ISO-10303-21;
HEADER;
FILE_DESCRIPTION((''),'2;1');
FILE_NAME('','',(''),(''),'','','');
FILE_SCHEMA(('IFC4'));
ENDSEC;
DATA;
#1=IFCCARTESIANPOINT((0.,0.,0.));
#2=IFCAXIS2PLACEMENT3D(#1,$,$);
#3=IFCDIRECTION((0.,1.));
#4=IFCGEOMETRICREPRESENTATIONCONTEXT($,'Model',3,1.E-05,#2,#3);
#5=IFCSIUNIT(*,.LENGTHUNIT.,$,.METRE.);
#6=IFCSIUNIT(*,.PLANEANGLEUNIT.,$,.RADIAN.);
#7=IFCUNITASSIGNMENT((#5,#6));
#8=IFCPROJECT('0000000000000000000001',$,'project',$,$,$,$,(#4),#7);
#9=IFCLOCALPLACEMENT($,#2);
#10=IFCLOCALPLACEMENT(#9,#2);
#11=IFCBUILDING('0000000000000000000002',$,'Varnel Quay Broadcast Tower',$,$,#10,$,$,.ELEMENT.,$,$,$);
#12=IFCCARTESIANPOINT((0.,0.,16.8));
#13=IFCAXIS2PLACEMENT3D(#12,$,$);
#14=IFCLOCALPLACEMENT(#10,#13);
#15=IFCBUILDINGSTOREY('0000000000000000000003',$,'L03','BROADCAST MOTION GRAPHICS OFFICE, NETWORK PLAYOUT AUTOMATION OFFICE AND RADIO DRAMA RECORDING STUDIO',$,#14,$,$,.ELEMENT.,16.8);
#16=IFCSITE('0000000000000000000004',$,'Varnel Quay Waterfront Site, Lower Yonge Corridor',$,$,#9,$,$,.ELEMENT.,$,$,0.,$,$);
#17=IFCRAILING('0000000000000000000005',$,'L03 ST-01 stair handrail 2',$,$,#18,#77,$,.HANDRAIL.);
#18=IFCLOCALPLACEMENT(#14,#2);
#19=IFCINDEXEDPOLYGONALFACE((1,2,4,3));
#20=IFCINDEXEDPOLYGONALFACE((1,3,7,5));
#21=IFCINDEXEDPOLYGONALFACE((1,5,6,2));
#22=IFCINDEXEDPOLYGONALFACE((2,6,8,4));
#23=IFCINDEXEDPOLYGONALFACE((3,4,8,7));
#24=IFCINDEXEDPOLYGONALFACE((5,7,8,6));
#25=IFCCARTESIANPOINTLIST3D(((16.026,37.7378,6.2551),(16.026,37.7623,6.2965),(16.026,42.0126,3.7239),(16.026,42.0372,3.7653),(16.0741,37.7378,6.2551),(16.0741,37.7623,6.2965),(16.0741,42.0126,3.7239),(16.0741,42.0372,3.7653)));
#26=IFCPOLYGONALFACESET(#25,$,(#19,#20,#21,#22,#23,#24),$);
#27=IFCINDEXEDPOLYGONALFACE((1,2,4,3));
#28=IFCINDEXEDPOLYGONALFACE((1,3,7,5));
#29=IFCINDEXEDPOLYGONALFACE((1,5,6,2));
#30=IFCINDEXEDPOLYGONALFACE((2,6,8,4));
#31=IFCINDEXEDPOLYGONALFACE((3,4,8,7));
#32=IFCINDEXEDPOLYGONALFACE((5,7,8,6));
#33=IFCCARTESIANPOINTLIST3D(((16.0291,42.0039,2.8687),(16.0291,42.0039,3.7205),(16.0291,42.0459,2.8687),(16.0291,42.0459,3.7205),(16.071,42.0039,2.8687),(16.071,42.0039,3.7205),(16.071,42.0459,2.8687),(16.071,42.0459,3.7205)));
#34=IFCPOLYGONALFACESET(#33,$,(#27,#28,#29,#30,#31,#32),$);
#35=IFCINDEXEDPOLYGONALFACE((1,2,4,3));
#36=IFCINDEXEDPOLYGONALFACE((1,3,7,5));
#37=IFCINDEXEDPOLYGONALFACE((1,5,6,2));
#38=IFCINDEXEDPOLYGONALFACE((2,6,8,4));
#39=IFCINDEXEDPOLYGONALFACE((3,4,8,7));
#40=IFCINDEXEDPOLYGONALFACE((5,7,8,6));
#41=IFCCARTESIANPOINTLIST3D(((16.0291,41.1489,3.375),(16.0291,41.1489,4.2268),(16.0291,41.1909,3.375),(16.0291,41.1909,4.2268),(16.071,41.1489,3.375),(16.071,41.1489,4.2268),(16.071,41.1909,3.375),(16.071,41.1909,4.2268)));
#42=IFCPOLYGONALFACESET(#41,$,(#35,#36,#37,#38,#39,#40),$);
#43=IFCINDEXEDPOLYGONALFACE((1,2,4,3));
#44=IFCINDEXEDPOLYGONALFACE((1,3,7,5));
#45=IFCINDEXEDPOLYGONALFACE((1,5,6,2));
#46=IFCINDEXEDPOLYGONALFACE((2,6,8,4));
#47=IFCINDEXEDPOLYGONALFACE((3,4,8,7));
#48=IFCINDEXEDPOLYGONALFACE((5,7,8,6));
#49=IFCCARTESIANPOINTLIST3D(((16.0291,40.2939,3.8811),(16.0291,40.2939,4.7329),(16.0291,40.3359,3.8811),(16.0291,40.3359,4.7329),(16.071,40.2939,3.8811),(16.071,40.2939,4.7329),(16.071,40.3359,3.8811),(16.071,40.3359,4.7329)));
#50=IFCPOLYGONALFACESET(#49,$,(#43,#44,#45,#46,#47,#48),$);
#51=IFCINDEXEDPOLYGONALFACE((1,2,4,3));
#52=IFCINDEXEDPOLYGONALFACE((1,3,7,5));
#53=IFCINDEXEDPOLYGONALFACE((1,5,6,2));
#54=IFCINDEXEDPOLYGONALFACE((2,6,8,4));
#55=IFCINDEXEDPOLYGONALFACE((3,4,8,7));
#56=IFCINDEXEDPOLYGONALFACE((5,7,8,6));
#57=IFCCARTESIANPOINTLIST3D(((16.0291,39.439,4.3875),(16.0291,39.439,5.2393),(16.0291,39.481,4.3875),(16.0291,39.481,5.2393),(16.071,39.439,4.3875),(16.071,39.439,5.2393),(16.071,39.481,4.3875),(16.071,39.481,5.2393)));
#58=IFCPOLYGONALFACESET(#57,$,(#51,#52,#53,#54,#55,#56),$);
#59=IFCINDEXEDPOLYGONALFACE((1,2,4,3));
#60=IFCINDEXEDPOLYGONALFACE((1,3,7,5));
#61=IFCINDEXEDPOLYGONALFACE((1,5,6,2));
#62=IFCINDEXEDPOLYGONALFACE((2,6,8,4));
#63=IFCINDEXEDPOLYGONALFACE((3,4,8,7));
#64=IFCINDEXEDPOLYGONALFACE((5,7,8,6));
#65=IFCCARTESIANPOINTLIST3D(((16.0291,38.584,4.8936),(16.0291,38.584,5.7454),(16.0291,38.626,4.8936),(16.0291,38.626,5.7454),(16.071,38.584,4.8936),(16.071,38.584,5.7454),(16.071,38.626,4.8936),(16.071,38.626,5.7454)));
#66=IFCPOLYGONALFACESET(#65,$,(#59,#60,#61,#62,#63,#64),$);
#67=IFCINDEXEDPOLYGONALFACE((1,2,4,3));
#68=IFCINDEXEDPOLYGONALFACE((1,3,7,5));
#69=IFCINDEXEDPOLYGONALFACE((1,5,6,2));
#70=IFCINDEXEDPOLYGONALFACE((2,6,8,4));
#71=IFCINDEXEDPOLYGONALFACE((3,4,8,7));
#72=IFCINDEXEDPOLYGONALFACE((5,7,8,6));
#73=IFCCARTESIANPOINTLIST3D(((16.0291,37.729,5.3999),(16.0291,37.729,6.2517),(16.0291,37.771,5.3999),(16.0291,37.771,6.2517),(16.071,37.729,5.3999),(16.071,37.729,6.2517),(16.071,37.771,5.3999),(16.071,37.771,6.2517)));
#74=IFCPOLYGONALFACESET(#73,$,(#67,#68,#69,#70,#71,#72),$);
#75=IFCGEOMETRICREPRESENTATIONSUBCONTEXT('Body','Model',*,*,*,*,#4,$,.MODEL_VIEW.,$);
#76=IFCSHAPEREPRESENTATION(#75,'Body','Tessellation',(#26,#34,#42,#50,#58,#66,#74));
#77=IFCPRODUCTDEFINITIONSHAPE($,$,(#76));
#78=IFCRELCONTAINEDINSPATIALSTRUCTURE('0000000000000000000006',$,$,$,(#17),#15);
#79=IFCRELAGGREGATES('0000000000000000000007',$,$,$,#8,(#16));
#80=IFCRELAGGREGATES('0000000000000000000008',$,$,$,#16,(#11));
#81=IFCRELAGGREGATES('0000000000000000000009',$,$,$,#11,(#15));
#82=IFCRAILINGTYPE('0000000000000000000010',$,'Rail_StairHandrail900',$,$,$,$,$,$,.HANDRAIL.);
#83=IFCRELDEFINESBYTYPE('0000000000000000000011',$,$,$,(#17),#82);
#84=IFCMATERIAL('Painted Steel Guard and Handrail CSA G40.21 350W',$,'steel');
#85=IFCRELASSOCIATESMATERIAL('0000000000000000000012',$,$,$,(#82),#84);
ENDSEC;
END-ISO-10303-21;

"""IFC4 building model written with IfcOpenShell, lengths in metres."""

from ifc_helpers import new_model, si_unit, direction, frame, origin, origin_2d, place, context, subcontext, project, spatial, rectangle, extrude, material, type_object, element, save


model = new_model("IFC4")

# Units and contexts
model_context = context("Model", 3, precision=1e-05, world=origin(), true_north=direction((0.0, 1.0)))
body_context = subcontext(model_context, "Body", "Model", "MODEL_VIEW")
ifc_project = project(units=[si_unit("LENGTHUNIT", "METRE"), si_unit("PLANEANGLEUNIT", "RADIAN")], contexts=[model_context])

# Site, building, storey
site_placement = place(None, origin())
site = spatial("IfcSite", under=ifc_project, at=site_placement, Name="Varnel Quay Waterfront Site, Lower Yonge Corridor", CompositionType="ELEMENT", RefElevation=0.0)
building_placement = place(site_placement, origin())
building = spatial("IfcBuilding", under=site, at=building_placement, Name="Varnel Quay Broadcast Tower", CompositionType="ELEMENT")
storey_placement = place(building_placement, frame((0.0, 0.0, 16.8)))
storey = spatial("IfcBuildingStorey", under=building, at=storey_placement, Name="L03", Description="BROADCAST MOTION GRAPHICS OFFICE, NETWORK PLAYOUT AUTOMATION OFFICE AND RADIO DRAMA RECORDING STUDIO", CompositionType="ELEMENT", Elevation=16.8)

# Railing
ifc_material_1 = material(Name="Painted Steel Guard and Handrail CSA G40.21 350W", Category="steel")
railing_type_1 = type_object("IfcRailingType", Name="Rail_StairHandrail900", PredefinedType="HANDRAIL", material=ifc_material_1)
railing_1_placement = place(storey_placement, frame((16.05, 42.0249, 2.8687)))
element("IfcRailing", 1, at=railing_1_placement, inside=storey, type_object=railing_type_1, Name="L03 ST-01 stair handrail 2", PredefinedType="HANDRAIL", context=body_context, shape_type="SweptSolid", body=[
    extrude(rectangle(XDim=0.0481, YDim=0.0481, at=origin_2d()), frame((0.0, 0.0, 0.876), z_axis=(0.0, -0.86047, 0.509501), x_axis=(1.0, 0.0, 0.0)), (0.0, 0.0, 1.0), 4.968),
    extrude(rectangle(XDim=0.042, YDim=0.042, at=origin_2d()), origin(), (0.0, 0.0, 1.0), 0.8518),
    extrude(rectangle(XDim=0.042, YDim=0.042, at=origin_2d()), frame((0.0, -0.855, 0.5063)), (0.0, 0.0, 1.0), 0.8518),
    extrude(rectangle(XDim=0.042, YDim=0.042, at=origin_2d()), frame((0.0, -1.71, 1.0125)), (0.0, 0.0, 1.0), 0.8518),
    extrude(rectangle(XDim=0.042, YDim=0.042, at=origin_2d()), frame((0.0, -2.5649, 1.5188)), (0.0, 0.0, 1.0), 0.8518),
    extrude(rectangle(XDim=0.042, YDim=0.042, at=origin_2d()), frame((0.0, -3.4199, 2.0249)), (0.0, 0.0, 1.0), 0.8518),
    extrude(rectangle(XDim=0.042, YDim=0.042, at=origin_2d()), frame((0.0, -4.2749, 2.5312)), (0.0, 0.0, 1.0), 0.8518),
])

save(model, "model.ifc")
